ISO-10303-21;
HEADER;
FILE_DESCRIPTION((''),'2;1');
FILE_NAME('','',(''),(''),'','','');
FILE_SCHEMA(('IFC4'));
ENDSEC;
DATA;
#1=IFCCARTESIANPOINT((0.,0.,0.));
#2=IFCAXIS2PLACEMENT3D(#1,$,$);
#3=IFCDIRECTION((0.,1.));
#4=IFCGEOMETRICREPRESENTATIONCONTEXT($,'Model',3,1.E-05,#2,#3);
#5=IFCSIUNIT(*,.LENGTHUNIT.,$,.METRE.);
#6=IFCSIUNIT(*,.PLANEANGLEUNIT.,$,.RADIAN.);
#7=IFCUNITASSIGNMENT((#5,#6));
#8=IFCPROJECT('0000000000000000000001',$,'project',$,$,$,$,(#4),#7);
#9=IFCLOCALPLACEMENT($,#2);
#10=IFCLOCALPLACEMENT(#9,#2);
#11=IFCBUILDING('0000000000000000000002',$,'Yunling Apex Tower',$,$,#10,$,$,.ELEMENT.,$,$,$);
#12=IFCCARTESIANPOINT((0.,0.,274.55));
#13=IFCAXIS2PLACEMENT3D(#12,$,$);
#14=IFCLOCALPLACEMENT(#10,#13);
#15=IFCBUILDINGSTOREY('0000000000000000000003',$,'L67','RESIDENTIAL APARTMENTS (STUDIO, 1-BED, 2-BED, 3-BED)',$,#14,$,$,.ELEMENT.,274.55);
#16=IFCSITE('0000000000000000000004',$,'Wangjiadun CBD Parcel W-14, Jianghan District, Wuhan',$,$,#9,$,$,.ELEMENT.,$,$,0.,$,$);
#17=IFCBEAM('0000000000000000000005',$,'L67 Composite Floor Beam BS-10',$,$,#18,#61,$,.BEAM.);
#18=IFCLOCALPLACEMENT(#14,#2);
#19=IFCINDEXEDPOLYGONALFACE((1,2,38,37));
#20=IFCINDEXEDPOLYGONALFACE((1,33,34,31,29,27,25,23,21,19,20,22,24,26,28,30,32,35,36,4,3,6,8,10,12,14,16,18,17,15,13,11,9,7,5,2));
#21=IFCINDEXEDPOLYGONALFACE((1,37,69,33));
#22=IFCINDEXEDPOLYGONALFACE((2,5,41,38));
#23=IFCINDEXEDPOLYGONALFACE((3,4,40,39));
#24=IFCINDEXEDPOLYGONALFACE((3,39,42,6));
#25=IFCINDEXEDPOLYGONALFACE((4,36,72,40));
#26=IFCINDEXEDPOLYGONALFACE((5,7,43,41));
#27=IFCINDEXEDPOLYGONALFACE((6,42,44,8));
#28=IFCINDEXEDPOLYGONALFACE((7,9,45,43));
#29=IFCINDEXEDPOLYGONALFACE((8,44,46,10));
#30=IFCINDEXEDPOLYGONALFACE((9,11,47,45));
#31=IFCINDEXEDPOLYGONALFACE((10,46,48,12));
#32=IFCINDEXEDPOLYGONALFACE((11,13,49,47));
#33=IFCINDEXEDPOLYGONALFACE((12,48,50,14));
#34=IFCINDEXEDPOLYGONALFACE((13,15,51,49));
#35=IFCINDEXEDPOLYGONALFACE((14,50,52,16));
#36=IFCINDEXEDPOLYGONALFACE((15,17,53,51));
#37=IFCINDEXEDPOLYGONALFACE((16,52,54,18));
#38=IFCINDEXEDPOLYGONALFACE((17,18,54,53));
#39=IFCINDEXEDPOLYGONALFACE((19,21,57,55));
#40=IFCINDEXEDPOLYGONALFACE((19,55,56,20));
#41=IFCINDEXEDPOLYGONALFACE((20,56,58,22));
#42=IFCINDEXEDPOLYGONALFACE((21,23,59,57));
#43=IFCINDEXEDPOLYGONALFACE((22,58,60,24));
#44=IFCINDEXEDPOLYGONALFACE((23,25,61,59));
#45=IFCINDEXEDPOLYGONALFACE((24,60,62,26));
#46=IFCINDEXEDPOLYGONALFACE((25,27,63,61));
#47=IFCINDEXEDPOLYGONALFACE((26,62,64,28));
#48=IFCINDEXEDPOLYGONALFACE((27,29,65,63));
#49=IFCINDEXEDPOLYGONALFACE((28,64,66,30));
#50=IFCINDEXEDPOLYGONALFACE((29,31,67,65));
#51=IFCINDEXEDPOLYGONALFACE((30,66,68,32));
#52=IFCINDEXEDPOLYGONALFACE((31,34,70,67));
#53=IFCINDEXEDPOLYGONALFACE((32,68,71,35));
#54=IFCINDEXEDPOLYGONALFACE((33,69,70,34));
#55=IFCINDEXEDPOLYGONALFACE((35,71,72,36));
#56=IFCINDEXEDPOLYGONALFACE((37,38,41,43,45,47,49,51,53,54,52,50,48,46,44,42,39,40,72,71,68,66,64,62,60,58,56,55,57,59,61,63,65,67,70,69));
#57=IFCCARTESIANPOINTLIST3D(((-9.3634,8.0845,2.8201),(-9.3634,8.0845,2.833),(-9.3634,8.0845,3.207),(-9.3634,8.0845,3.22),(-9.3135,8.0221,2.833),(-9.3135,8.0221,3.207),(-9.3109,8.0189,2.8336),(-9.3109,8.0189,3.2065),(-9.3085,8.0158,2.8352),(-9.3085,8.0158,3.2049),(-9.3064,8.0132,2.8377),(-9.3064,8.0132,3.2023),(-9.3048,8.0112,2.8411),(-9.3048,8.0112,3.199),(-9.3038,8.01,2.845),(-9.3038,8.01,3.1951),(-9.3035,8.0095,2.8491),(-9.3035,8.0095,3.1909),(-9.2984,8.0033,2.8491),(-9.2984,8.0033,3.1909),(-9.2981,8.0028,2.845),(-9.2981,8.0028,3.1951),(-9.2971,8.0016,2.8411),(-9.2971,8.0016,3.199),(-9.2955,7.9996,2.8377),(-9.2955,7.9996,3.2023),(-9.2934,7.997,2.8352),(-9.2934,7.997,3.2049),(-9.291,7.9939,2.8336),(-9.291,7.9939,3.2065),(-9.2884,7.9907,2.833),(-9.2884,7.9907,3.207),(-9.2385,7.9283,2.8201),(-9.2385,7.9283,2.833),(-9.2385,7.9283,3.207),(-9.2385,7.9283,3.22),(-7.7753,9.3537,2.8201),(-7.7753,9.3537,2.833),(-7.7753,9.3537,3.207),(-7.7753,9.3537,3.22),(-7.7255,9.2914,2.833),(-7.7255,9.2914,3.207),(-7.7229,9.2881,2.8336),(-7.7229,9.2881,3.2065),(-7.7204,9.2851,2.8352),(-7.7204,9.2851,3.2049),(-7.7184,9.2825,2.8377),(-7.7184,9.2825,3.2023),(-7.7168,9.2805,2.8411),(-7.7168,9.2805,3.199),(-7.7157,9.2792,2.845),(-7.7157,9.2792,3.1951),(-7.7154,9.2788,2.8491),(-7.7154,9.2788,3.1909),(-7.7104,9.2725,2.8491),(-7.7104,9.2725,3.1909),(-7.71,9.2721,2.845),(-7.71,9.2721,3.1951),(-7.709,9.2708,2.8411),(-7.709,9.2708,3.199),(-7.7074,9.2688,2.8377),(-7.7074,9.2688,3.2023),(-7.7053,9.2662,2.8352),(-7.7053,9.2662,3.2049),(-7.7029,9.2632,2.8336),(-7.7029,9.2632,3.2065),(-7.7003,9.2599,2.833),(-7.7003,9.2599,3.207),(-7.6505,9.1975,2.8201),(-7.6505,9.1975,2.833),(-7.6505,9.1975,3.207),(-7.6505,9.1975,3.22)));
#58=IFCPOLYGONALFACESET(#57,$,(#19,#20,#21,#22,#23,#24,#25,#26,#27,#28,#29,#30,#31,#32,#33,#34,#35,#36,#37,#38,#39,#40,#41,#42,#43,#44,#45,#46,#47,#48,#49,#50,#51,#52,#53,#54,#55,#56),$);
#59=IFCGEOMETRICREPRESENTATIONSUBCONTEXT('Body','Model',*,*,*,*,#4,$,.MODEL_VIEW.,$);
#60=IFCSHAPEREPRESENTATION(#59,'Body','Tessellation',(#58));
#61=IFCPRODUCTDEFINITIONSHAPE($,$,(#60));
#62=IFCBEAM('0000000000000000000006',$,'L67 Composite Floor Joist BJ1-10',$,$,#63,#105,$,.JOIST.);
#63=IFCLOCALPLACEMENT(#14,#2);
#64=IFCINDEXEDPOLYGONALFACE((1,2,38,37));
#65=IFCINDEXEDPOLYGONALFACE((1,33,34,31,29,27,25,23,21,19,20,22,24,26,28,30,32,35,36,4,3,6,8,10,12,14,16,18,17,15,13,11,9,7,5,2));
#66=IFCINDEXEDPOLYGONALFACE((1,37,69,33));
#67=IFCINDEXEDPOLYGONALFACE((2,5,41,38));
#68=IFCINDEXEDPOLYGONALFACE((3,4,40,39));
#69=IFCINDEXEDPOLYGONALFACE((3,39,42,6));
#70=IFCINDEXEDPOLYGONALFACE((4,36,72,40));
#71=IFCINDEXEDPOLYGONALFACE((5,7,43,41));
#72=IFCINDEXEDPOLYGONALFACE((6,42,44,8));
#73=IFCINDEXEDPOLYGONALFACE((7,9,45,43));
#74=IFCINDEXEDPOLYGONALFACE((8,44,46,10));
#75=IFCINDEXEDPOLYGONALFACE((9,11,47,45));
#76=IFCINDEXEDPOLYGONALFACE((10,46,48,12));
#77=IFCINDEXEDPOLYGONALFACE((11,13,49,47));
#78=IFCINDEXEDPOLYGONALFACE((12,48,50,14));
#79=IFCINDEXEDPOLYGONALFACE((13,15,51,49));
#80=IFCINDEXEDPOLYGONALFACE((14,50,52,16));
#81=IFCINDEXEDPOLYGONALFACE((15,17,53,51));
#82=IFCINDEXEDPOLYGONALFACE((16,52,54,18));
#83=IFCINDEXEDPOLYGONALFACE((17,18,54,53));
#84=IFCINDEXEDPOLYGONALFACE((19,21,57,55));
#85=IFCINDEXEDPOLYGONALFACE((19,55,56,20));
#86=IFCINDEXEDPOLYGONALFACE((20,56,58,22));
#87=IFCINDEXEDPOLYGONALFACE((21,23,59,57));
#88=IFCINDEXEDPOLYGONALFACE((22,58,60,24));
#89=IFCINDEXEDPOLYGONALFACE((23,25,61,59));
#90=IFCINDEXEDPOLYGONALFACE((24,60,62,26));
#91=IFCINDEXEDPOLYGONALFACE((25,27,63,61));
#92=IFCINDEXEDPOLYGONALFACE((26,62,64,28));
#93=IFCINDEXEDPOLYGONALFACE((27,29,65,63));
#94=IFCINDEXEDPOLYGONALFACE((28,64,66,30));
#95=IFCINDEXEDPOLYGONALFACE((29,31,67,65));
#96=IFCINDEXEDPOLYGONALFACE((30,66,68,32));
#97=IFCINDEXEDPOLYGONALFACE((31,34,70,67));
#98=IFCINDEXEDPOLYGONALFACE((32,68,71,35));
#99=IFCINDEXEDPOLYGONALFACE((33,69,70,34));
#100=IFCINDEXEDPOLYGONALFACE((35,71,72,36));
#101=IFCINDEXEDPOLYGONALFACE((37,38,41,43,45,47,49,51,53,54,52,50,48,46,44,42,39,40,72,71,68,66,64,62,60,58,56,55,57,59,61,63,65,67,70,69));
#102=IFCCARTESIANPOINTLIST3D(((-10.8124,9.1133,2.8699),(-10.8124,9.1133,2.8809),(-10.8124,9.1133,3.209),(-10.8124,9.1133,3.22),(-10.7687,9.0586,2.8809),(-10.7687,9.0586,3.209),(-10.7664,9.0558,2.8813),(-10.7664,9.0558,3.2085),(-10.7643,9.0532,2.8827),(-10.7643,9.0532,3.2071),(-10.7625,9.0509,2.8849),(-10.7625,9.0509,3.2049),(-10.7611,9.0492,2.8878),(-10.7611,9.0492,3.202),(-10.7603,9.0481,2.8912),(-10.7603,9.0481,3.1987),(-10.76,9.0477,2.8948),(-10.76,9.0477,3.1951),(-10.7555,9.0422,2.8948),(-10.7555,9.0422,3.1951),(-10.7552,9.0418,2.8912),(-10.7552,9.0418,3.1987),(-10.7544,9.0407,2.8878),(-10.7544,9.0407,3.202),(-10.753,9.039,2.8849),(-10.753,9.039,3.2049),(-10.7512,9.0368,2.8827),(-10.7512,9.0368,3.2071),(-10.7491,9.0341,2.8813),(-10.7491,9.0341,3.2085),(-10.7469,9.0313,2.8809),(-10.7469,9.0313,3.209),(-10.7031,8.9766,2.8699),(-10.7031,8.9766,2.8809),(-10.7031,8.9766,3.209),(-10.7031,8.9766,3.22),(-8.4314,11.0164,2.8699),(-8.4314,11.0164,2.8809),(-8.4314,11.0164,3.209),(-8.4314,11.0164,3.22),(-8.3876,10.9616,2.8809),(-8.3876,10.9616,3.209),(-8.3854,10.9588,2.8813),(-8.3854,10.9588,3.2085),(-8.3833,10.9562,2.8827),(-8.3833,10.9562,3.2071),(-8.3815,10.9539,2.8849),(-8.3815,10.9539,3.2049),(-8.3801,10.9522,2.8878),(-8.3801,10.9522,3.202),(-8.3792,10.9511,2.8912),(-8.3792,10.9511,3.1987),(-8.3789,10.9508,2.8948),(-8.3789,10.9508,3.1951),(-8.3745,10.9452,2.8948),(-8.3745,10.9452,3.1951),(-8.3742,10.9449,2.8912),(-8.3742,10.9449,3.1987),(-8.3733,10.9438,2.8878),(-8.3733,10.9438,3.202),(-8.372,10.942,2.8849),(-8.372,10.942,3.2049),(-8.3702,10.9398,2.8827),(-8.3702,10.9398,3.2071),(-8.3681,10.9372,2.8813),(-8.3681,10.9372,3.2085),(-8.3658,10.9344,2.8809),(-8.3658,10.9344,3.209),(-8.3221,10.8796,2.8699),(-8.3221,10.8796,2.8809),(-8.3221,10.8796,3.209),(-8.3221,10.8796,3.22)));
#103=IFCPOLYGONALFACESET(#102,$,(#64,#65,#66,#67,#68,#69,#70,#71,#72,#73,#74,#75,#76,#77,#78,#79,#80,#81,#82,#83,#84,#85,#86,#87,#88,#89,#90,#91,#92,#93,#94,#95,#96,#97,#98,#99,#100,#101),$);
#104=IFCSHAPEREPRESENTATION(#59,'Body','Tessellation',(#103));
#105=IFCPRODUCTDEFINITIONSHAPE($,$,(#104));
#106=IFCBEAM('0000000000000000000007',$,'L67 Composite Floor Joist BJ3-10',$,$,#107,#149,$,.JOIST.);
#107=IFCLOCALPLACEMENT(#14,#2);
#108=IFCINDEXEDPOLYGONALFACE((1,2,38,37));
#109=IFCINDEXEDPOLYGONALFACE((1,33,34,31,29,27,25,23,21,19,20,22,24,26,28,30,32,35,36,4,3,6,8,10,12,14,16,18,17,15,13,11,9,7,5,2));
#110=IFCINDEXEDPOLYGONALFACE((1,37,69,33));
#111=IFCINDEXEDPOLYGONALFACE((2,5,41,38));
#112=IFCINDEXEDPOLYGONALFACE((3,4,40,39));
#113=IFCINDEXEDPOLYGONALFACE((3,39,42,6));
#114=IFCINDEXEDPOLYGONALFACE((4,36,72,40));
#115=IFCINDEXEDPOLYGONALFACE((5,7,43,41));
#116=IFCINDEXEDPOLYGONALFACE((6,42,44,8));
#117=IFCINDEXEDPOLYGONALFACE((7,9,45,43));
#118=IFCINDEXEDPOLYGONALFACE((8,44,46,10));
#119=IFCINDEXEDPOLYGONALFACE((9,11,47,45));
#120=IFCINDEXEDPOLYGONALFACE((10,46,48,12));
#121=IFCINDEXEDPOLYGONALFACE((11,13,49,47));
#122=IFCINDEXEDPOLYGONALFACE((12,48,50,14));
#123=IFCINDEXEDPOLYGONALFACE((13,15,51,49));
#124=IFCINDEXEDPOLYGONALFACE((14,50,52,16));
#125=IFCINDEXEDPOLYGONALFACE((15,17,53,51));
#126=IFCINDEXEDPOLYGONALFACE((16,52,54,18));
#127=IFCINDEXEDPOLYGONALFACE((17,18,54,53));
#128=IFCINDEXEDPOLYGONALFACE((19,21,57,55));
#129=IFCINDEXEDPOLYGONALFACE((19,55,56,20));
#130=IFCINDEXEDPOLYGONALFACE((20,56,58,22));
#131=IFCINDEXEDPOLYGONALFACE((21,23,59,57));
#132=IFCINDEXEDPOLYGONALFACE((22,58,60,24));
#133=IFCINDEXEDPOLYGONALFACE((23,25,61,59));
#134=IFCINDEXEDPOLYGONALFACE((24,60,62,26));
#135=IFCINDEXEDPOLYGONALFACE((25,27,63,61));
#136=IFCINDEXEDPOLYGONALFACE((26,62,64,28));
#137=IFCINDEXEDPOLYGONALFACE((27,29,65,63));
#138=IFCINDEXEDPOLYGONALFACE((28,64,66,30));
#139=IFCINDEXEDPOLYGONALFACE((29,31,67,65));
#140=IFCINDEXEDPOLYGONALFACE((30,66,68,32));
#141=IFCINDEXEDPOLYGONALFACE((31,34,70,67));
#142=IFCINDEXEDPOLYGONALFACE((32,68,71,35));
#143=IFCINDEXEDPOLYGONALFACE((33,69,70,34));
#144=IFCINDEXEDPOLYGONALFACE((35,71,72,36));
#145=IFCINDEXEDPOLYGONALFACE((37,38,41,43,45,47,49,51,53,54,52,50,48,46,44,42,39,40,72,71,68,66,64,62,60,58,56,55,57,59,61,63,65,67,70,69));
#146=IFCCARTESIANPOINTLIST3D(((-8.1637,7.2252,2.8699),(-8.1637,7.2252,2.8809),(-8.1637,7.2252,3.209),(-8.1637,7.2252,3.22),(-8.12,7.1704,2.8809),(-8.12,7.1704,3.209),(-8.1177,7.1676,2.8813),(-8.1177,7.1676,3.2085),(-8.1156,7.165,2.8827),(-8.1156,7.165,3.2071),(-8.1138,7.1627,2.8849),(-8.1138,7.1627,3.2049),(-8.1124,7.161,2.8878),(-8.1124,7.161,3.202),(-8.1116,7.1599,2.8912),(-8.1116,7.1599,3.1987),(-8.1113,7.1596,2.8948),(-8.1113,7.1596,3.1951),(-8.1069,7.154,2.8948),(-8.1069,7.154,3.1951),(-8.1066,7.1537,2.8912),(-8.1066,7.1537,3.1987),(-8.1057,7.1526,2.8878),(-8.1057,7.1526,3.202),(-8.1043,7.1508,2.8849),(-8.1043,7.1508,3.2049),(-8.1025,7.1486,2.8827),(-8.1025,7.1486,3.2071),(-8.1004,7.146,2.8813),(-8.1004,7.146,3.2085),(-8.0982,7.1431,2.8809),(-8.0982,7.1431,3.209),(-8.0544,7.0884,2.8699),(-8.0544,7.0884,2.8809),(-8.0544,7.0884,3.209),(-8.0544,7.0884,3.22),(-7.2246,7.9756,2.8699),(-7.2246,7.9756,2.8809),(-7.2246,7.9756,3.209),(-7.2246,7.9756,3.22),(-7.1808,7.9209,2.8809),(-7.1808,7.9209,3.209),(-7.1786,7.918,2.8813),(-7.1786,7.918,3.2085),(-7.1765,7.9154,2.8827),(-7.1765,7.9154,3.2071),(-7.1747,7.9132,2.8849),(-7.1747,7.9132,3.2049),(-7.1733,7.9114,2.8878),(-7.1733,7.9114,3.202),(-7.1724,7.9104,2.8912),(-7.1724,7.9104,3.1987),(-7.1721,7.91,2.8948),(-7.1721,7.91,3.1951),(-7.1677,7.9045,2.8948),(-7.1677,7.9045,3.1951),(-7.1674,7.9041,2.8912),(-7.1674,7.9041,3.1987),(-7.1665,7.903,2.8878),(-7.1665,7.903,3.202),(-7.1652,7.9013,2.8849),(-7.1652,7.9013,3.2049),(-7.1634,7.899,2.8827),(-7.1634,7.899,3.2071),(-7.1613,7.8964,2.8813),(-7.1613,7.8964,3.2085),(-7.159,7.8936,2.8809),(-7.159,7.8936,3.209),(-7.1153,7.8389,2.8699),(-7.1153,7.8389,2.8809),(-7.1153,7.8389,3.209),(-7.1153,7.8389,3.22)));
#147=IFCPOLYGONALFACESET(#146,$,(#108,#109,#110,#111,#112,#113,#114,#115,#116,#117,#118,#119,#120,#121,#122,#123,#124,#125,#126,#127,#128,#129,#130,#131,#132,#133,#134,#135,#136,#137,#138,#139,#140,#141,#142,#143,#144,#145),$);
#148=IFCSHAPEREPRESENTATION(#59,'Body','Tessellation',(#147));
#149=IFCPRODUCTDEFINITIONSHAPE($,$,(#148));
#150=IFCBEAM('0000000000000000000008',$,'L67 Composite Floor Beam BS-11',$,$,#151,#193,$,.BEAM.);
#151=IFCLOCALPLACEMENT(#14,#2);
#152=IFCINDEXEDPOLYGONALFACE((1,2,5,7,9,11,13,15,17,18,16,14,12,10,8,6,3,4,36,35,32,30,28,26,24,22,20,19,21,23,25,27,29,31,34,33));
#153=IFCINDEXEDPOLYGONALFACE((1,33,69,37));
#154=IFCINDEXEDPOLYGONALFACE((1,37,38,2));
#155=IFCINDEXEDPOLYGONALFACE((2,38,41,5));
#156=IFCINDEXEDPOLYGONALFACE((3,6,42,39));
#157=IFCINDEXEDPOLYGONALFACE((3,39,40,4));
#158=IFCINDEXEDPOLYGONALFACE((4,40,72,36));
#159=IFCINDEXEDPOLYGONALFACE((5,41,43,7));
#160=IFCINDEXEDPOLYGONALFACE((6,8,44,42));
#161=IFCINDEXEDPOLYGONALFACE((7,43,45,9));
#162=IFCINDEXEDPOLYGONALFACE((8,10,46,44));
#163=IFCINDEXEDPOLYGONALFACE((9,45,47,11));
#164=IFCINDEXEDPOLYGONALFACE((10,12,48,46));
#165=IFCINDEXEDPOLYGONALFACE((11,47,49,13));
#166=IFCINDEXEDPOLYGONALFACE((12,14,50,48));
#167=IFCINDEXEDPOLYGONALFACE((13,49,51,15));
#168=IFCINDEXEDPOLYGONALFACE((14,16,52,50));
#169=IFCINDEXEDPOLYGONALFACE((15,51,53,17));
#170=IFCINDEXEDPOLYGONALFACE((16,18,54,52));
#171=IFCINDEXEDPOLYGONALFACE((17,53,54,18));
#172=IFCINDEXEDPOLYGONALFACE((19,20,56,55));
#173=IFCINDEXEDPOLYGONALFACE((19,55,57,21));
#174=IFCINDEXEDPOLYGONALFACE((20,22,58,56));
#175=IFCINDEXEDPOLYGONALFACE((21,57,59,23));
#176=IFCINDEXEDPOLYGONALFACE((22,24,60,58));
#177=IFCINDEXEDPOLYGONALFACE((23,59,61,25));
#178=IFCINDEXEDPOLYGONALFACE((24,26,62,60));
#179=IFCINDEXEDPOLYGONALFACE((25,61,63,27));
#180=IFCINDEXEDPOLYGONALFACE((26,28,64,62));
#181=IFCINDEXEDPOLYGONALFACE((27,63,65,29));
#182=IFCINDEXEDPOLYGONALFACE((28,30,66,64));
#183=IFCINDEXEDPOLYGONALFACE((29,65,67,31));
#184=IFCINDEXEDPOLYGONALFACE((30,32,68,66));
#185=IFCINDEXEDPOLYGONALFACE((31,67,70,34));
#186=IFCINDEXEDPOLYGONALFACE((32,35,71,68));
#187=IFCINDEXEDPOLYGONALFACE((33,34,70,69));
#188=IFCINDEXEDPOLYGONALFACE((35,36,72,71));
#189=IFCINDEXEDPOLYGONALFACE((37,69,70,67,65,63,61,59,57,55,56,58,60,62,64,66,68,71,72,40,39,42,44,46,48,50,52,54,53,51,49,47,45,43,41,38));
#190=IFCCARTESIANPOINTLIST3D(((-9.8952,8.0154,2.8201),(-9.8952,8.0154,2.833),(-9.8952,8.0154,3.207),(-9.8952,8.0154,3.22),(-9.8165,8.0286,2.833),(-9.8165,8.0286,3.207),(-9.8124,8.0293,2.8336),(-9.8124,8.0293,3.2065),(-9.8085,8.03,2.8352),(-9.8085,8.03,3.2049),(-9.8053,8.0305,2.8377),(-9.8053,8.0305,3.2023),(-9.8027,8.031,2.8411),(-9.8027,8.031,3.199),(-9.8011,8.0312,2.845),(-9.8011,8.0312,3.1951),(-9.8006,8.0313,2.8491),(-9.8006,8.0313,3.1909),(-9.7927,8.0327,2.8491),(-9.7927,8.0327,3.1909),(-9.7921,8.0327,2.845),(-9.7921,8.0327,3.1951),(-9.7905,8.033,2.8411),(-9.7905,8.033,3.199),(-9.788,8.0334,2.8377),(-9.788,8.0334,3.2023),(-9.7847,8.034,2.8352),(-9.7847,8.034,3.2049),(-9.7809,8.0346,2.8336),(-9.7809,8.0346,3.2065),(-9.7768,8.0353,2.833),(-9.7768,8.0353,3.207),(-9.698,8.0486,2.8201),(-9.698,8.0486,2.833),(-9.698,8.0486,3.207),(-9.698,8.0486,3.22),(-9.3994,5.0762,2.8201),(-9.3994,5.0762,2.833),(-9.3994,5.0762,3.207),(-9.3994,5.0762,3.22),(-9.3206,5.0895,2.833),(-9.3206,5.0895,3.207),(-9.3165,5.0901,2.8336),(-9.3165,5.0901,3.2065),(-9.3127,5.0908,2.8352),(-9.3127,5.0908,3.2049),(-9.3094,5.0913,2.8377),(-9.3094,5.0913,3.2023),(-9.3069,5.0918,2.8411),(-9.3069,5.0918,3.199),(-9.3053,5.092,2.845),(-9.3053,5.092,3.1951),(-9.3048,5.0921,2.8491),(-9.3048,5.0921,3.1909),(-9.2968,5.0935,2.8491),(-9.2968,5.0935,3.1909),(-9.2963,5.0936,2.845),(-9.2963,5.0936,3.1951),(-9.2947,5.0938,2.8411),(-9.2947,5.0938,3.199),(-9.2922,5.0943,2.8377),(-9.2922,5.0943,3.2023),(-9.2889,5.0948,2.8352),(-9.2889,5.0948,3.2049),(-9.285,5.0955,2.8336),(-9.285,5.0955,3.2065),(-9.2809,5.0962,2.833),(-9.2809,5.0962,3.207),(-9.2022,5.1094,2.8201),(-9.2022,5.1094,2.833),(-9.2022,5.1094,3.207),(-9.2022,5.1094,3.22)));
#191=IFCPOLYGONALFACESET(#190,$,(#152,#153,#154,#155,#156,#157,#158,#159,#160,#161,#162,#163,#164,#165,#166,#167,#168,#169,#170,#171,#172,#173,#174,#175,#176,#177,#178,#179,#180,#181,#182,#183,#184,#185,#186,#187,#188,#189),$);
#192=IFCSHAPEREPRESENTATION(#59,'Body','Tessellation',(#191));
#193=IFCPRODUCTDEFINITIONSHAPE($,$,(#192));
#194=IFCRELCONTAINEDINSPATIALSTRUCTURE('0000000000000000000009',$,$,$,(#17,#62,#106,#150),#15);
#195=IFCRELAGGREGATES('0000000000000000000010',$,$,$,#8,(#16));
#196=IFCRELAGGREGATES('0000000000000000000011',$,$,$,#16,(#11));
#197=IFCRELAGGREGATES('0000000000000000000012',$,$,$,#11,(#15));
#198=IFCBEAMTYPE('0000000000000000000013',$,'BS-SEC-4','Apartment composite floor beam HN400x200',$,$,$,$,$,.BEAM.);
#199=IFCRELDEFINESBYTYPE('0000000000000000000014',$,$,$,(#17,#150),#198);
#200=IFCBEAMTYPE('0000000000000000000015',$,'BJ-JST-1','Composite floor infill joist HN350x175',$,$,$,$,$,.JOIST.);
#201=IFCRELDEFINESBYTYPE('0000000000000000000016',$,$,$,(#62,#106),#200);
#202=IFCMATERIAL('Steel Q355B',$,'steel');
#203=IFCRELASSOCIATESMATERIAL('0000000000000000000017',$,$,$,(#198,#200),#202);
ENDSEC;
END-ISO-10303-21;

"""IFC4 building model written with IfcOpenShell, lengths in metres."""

from ifc_helpers import new_model, si_unit, direction, frame, origin, origin_2d, place, context, subcontext, project, spatial, i_section, extrude, source, transform, mapped, material, material_profile, profile_set, type_object, element, save


model = new_model("IFC4")

# Units and contexts
model_context = context("Model", 3, precision=1e-05, world=origin(), true_north=direction((0.0, 1.0)))
body_context = subcontext(model_context, "Body", "Model", "MODEL_VIEW")
ifc_project = project(units=[si_unit("LENGTHUNIT", "METRE"), si_unit("PLANEANGLEUNIT", "RADIAN")], contexts=[model_context])

# Site, building, storey
site_placement = place(None, origin())
site = spatial("IfcSite", under=ifc_project, at=site_placement, Name="Wangjiadun CBD Parcel W-14, Jianghan District, Wuhan", CompositionType="ELEMENT", RefElevation=0.0)
building_placement = place(site_placement, origin())
building = spatial("IfcBuilding", under=site, at=building_placement, Name="Yunling Apex Tower", CompositionType="ELEMENT")
storey_placement = place(building_placement, frame((0.0, 0.0, 274.55)))
storey = spatial("IfcBuildingStorey", under=building, at=storey_placement, Name="L67", Description="RESIDENTIAL APARTMENTS (STUDIO, 1-BED, 2-BED, 3-BED)", CompositionType="ELEMENT", Elevation=274.55)

# Shared definitions
ifc_material_1 = material(Name="Steel Q355B", Category="steel")

# Beams
ifc_material_profile_1 = material_profile(ifc_material_1, i_section(OverallWidth=0.2, OverallDepth=0.3999, WebThickness=0.0081, FlangeThickness=0.0129, FilletRadius=0.0161, at=origin_2d()))
ifc_profile_set_1 = profile_set([ifc_material_profile_1], Name="Steel Q355B")
beam_type_1 = type_object("IfcBeamType", Name="BS-SEC-4", Description="Apartment composite floor beam HN400x200", PredefinedType="BEAM", material=ifc_profile_set_1)
ifc_material_profile_2 = material_profile(ifc_material_1, i_section(OverallWidth=0.175, OverallDepth=0.3501, WebThickness=0.0071, FlangeThickness=0.011, FilletRadius=0.0139, at=origin_2d()))
ifc_profile_set_2 = profile_set([ifc_material_profile_2], Name="Steel Q355B")
beam_type_2 = type_object("IfcBeamType", Name="BJ-JST-1", Description="Composite floor infill joist HN350x175", PredefinedType="JOIST", material=ifc_profile_set_2)
shared_shape_1 = source(origin(), body_context, "Body", "SweptSolid", [
    extrude(i_section(OverallWidth=0.2, OverallDepth=0.3999, WebThickness=0.0081, FlangeThickness=0.0129, FilletRadius=0.0161, at=origin_2d()), origin(), (0.0, 0.0, 1.0), 2.033),
])
beam_1_placement = place(storey_placement, frame((-7.7129, 9.2756, 3.02), z_axis=(-0.781162, -0.624329, 0.0), x_axis=(0.624329, -0.781162, 0.0)))
element("IfcBeam", 1, at=beam_1_placement, inside=storey, type_object=beam_type_1, Name="L67 Composite Floor Beam BS-10", PredefinedType="BEAM", context=body_context, shape_type="MappedRepresentation", body=[
    mapped(shared_shape_1, transform((0.0, 0.0, 0.0), scale=1.0)),
])
shared_shape_2 = source(origin(), body_context, "Body", "SweptSolid", [
    extrude(i_section(OverallWidth=0.175, OverallDepth=0.3501, WebThickness=0.0071, FlangeThickness=0.011, FilletRadius=0.0139, at=origin_2d()), origin(), (0.0, 0.0, 1.0), 3.0481),
])
beam_2_placement = place(storey_placement, frame((-8.3767, 10.948, 3.0449), z_axis=(-0.781158, -0.624334, 0.0), x_axis=(0.624334, -0.781158, 0.0)))
element("IfcBeam", 2, at=beam_2_placement, inside=storey, type_object=beam_type_2, Name="L67 Composite Floor Joist BJ1-10", PredefinedType="JOIST", context=body_context, shape_type="MappedRepresentation", body=[
    mapped(shared_shape_2, transform((0.0, 0.0, 0.0), scale=1.0)),
])
shared_shape_3 = source(origin(), body_context, "Body", "SweptSolid", [
    extrude(i_section(OverallWidth=0.175, OverallDepth=0.3501, WebThickness=0.0071, FlangeThickness=0.011, FilletRadius=0.0139, at=origin_2d()), origin(), (0.0, 0.0, 1.0), 1.2021),
])
beam_3_placement = place(storey_placement, frame((-7.1699, 7.9072, 3.0449), z_axis=(-0.781225, -0.624249, 0.0), x_axis=(0.624249, -0.781225, 0.0)))
element("IfcBeam", 3, at=beam_3_placement, inside=storey, type_object=beam_type_2, Name="L67 Composite Floor Joist BJ3-10", PredefinedType="JOIST", context=body_context, shape_type="MappedRepresentation", body=[
    mapped(shared_shape_3, transform((0.0, 0.0, 0.0), scale=1.0)),
])
shared_shape_4 = source(origin(), body_context, "Body", "SweptSolid", [
    extrude(i_section(OverallWidth=0.2, OverallDepth=0.3999, WebThickness=0.0081, FlangeThickness=0.0129, FilletRadius=0.0161, at=origin_2d()), origin(), (0.0, 0.0, 1.0), 2.9807),
])
beam_4_placement = place(storey_placement, frame((-9.7966, 8.032, 3.02), z_axis=(0.166351, -0.986067, 0.0), x_axis=(0.986067, 0.166351, 0.0)))
element("IfcBeam", 4, at=beam_4_placement, inside=storey, type_object=beam_type_1, Name="L67 Composite Floor Beam BS-11", PredefinedType="BEAM", context=body_context, shape_type="MappedRepresentation", body=[
    mapped(shared_shape_4, transform((0.0, 0.0, 0.0), scale=1.0)),
])

save(model, "model.ifc")
